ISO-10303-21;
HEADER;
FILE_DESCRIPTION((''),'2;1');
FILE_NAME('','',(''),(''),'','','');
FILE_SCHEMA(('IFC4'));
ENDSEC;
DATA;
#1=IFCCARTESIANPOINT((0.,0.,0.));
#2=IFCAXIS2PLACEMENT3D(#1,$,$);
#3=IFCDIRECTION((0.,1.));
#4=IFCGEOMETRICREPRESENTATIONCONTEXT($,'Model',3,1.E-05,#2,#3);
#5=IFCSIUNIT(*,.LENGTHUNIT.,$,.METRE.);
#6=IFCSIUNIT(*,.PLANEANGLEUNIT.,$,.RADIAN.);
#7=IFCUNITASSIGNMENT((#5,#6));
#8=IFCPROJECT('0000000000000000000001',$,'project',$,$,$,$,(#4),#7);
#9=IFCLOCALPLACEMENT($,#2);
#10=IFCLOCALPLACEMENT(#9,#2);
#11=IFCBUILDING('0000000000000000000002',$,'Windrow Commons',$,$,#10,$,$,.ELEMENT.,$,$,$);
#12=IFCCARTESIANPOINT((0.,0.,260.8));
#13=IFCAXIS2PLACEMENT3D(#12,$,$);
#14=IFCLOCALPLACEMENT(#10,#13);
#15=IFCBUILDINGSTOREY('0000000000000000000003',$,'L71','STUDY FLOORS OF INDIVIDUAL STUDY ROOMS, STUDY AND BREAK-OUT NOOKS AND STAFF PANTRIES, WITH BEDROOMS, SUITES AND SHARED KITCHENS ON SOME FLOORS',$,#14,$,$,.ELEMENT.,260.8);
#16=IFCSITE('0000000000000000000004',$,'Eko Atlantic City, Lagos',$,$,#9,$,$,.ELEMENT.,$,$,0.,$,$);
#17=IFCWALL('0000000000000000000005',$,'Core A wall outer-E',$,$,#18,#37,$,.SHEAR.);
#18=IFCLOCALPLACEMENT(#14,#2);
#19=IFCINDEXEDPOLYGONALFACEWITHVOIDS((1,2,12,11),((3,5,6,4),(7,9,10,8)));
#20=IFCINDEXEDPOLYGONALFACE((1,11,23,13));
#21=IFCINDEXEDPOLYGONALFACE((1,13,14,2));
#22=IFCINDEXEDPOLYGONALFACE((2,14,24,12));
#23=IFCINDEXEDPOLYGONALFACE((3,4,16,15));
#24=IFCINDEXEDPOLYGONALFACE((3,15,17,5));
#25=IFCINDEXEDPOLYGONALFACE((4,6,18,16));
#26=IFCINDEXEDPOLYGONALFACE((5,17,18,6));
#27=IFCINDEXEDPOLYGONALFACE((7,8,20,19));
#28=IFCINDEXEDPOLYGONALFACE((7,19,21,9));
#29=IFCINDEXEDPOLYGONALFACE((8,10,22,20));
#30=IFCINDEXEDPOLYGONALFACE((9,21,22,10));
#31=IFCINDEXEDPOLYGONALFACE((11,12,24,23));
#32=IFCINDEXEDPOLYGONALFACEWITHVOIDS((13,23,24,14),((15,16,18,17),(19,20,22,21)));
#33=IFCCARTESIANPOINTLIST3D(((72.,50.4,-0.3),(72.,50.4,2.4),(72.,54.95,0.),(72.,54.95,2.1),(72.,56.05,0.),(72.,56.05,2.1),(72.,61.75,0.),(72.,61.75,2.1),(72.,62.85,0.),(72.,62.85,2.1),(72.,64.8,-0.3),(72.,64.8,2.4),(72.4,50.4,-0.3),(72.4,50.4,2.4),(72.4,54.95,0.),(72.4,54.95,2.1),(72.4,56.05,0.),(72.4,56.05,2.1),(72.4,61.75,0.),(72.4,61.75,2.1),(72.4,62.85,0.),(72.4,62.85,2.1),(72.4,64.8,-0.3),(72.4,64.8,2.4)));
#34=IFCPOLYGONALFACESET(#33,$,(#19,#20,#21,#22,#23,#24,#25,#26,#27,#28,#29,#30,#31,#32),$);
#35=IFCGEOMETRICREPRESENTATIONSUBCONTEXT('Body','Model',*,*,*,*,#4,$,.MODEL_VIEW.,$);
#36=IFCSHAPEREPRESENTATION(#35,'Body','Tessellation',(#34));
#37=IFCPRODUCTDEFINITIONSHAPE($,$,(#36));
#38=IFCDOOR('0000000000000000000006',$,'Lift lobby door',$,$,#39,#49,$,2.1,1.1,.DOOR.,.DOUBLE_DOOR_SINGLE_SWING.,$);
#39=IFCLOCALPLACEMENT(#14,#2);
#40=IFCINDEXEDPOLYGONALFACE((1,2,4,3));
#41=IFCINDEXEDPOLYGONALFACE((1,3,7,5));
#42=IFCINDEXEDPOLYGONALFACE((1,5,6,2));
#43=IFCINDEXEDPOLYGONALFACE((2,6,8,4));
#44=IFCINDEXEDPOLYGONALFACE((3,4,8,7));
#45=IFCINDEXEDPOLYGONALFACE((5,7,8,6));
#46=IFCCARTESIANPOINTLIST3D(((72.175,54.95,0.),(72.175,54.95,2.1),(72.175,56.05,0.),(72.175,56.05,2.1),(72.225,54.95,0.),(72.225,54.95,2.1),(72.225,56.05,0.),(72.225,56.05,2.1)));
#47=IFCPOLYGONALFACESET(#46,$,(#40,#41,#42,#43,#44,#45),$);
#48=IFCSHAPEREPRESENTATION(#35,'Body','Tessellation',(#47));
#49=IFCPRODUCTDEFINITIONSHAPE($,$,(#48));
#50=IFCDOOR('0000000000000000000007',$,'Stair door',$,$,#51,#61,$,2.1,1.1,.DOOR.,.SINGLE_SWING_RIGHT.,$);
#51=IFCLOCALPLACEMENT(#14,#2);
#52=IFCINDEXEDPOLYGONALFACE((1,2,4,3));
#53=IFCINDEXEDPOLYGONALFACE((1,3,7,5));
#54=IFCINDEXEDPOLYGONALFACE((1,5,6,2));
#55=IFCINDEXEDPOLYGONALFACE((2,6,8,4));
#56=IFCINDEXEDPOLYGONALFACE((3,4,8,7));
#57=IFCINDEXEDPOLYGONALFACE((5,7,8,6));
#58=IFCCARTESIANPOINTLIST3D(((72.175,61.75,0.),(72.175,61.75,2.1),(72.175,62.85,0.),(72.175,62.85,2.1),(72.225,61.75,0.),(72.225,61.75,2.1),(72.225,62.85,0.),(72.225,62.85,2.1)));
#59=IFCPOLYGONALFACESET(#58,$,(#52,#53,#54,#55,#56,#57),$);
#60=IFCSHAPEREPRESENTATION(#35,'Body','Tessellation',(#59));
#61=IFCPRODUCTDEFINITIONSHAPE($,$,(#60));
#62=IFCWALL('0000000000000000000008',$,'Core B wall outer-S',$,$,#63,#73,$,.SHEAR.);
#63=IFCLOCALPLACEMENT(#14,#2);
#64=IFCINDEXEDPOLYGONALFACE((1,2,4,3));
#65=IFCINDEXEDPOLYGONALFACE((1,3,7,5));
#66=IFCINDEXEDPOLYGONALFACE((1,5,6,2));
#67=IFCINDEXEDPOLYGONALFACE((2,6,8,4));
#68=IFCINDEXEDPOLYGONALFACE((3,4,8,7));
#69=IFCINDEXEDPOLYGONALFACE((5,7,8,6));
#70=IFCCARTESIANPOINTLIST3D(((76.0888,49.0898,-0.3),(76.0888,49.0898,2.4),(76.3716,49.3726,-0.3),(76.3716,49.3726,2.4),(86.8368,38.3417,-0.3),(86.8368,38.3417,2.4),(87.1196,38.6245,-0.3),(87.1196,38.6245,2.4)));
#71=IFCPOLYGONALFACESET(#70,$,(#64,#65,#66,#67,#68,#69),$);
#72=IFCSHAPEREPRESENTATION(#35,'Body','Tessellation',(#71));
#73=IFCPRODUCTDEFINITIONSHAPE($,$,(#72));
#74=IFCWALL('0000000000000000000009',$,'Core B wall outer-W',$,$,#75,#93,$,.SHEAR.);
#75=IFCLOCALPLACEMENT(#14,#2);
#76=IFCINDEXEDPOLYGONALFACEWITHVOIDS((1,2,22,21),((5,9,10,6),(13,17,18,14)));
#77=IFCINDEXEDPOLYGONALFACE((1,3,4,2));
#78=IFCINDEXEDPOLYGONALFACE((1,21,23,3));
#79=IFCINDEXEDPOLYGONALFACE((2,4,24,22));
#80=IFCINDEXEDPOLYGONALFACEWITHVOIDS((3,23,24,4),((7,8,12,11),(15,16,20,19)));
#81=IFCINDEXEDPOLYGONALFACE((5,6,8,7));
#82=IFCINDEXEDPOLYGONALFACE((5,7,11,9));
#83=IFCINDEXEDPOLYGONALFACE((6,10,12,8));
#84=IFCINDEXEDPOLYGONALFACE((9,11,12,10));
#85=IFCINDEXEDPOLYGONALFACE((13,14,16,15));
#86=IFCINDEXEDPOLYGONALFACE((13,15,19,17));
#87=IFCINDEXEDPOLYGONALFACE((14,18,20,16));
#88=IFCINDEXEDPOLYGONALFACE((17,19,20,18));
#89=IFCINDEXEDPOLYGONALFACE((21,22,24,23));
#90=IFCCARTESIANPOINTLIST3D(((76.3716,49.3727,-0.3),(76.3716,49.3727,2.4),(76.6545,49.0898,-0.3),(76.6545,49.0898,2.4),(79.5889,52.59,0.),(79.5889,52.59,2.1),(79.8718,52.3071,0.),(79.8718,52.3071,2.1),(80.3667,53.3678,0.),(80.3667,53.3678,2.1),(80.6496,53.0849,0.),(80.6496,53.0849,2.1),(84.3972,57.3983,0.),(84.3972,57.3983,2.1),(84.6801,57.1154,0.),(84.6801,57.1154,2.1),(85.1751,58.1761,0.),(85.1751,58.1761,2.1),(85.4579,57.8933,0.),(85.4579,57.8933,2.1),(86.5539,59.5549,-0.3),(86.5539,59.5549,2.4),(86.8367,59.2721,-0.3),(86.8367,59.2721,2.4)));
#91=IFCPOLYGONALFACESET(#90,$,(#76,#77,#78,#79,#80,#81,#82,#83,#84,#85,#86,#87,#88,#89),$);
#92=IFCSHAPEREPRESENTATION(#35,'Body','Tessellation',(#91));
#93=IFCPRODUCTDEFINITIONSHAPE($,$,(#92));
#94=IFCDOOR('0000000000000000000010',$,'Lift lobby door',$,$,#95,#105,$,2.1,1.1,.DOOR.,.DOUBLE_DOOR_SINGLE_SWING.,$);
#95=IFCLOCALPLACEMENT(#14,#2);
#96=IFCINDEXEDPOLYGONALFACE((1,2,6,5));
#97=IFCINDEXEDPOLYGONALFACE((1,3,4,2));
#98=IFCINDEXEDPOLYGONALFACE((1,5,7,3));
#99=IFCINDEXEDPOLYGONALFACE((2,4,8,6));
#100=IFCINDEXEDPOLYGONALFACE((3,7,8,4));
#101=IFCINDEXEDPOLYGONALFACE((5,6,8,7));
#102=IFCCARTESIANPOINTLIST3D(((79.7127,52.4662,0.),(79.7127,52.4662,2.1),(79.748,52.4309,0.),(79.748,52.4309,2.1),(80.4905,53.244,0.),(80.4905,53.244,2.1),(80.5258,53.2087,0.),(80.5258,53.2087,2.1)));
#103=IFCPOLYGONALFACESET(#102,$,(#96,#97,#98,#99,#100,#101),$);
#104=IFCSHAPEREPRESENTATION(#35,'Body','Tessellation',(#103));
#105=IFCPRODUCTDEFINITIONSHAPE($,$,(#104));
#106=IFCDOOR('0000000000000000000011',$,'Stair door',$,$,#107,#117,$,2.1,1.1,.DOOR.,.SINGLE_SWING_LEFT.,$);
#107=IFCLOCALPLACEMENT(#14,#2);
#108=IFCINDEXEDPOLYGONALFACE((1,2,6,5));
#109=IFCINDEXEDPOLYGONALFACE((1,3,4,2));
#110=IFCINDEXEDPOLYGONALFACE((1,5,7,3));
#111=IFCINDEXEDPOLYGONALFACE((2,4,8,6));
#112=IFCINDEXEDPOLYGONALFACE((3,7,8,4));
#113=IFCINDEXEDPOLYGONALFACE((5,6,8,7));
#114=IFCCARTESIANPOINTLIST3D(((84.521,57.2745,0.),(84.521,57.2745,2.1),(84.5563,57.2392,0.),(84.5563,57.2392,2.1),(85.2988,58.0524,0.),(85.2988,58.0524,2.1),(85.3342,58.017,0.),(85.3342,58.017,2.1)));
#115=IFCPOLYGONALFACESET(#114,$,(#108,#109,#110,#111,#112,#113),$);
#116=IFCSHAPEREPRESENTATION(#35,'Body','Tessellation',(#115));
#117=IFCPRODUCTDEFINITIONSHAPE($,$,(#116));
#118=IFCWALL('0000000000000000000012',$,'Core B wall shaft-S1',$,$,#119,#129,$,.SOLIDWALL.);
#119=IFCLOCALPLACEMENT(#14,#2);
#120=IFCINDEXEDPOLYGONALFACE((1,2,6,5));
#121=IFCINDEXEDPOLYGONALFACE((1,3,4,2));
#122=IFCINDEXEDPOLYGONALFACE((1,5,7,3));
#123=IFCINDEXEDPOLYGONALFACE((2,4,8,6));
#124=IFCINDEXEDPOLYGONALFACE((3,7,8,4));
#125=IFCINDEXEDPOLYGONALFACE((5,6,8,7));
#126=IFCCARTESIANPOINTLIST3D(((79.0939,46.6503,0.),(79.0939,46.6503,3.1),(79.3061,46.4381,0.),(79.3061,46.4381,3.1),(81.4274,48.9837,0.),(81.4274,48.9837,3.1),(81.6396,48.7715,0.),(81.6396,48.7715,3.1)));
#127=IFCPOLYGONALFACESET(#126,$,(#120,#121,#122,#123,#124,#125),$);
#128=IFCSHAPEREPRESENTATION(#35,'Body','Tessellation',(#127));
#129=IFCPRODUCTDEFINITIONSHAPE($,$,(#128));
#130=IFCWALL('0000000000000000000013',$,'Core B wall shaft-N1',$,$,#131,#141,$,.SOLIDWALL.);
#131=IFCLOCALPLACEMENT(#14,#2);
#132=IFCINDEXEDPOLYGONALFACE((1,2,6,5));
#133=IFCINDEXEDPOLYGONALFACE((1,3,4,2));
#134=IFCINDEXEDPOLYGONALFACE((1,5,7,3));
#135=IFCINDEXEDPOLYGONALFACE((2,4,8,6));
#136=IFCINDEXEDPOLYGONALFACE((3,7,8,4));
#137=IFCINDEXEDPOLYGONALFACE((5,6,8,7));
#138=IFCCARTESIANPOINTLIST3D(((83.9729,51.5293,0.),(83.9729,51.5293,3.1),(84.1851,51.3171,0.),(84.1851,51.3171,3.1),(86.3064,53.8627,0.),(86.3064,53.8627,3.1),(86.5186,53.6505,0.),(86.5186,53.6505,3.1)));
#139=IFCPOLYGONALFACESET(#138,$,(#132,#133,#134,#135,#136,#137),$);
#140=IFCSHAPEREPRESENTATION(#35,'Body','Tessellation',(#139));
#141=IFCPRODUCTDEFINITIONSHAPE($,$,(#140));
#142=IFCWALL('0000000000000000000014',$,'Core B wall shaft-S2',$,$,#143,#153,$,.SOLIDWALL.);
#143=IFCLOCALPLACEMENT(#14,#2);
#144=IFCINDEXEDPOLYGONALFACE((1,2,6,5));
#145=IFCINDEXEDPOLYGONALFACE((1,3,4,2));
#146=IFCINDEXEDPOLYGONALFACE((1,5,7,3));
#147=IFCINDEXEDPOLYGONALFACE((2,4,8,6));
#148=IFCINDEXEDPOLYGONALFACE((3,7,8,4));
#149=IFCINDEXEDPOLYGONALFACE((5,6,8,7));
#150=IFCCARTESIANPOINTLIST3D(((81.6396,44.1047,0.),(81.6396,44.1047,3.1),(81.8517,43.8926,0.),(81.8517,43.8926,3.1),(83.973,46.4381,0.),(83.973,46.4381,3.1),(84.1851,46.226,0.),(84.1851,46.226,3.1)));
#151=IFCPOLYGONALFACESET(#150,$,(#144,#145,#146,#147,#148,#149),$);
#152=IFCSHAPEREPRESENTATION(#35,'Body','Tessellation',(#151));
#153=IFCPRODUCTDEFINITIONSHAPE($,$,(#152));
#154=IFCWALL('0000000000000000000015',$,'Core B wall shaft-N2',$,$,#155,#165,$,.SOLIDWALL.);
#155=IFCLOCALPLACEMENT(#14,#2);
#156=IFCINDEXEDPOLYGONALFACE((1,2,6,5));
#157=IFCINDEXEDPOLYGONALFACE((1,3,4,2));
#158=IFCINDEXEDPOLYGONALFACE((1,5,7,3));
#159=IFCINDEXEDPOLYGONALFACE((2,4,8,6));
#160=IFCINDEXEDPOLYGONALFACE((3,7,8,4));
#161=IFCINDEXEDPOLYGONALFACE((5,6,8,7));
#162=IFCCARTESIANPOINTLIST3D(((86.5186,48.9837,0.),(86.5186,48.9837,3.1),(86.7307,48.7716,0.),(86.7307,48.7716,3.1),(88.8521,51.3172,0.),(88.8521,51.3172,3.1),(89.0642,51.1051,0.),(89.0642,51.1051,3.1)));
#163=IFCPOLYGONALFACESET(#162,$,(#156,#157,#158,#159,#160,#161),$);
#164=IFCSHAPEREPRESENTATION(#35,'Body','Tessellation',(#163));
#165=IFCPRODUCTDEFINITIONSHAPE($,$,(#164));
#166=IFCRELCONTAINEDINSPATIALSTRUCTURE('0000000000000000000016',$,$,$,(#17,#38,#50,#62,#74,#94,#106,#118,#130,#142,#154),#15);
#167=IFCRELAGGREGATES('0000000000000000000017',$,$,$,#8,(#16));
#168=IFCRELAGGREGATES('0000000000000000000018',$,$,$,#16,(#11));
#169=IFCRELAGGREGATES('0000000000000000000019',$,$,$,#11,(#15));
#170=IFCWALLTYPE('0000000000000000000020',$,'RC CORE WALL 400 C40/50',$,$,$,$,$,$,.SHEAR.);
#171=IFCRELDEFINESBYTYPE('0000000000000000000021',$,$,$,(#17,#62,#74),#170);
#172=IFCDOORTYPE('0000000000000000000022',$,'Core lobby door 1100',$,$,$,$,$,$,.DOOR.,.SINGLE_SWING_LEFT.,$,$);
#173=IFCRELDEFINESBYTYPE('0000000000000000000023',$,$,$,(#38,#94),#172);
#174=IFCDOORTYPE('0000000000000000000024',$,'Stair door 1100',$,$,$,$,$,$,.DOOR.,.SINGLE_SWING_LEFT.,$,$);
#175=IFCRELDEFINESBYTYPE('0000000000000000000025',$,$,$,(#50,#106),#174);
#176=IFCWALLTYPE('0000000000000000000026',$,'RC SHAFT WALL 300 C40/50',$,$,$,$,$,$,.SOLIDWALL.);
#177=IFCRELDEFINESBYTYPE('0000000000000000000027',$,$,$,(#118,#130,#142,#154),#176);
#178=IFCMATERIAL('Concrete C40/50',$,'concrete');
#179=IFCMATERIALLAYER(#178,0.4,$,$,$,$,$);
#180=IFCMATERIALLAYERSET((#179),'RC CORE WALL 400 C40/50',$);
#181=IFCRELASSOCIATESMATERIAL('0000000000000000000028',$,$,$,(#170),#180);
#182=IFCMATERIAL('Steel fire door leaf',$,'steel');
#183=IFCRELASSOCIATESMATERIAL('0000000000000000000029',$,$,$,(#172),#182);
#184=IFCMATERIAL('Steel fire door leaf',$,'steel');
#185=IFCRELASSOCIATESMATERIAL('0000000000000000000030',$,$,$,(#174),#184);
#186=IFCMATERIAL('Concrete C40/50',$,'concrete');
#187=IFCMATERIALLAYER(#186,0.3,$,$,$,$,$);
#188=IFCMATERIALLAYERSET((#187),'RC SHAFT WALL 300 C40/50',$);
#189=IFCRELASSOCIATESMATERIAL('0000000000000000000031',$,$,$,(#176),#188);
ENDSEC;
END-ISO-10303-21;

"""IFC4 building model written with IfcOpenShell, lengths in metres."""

from ifc_helpers import new_model, si_unit, direction, frame, frame_2d, origin, place, context, subcontext, project, spatial, rectangle, extrude, material, layer, layer_set, type_object, element, fill, save


model = new_model("IFC4")

# Units and contexts
model_context = context("Model", 3, precision=1e-05, world=origin(), true_north=direction((0.0, 1.0)))
body_context = subcontext(model_context, "Body", "Model", "MODEL_VIEW")
ifc_project = project(units=[si_unit("LENGTHUNIT", "METRE"), si_unit("PLANEANGLEUNIT", "RADIAN")], contexts=[model_context])

# Site, building, storey
site_placement = place(None, origin())
site = spatial("IfcSite", under=ifc_project, at=site_placement, Name="Eko Atlantic City, Lagos", CompositionType="ELEMENT", RefElevation=0.0)
building_placement = place(site_placement, origin())
building = spatial("IfcBuilding", under=site, at=building_placement, Name="Windrow Commons", CompositionType="ELEMENT")
storey_placement = place(building_placement, frame((0.0, 0.0, 260.8)))
storey = spatial("IfcBuildingStorey", under=building, at=storey_placement, Name="L71", Description="STUDY FLOORS OF INDIVIDUAL STUDY ROOMS, STUDY AND BREAK-OUT NOOKS AND STAFF PANTRIES, WITH BEDROOMS, SUITES AND SHARED KITCHENS ON SOME FLOORS", CompositionType="ELEMENT", Elevation=260.8)

# Wall, openings, doors
ifc_material_1 = material(Name="Concrete C40/50", Category="concrete")
ifc_layer_1 = layer(ifc_material_1, 0.4)
ifc_layer_set_1 = layer_set([ifc_layer_1], Name="RC CORE WALL 400 C40/50")
wall_type_1 = type_object("IfcWallType", Name="RC CORE WALL 400 C40/50", PredefinedType="SHEAR", material=ifc_layer_set_1)
wall_1_placement = place(storey_placement, frame((72.2, 50.4, -0.3), z_axis=(0.0, 0.0, 1.0), x_axis=(0.0, 1.0, 0.0)))
wall_1 = element("IfcWall", 1, at=wall_1_placement, inside=storey, type_object=wall_type_1, Name="Core A wall outer-E", PredefinedType="SHEAR", context=body_context, shape_type="SweptSolid", body=[
    extrude(rectangle(XDim=14.4, YDim=0.4, at=frame_2d((7.2, 0.0))), origin(), (0.0, 0.0, 1.0), 2.7),
])
opening_1_placement = place(wall_1_placement, frame((4.55, 0.0, 0.3)))
opening_1 = element("IfcOpeningElement", 2, at=opening_1_placement, cuts=wall_1, PredefinedType="OPENING", context=body_context, shape_type="SweptSolid", body=[
    extrude(rectangle(XDim=1.1, YDim=2.1, at=frame_2d((0.55, 1.05))), frame((0.0, 0.21, 0.0), z_axis=(0.0, -1.0, 0.0), x_axis=(1.0, 0.0, 0.0)), (0.0, 0.0, 1.0), 0.42),
])
opening_2_placement = place(wall_1_placement, frame((11.35, 0.0, 0.3)))
opening_2 = element("IfcOpeningElement", 3, at=opening_2_placement, cuts=wall_1, PredefinedType="OPENING", context=body_context, shape_type="SweptSolid", body=[
    extrude(rectangle(XDim=1.1, YDim=2.1, at=frame_2d((0.55, 1.05))), frame((0.0, 0.21, 0.0), z_axis=(0.0, -1.0, 0.0), x_axis=(1.0, 0.0, 0.0)), (0.0, 0.0, 1.0), 0.42),
])
ifc_material_2 = material(Name="Steel fire door leaf", Category="steel")
door_type_1 = type_object("IfcDoorType", Name="Core lobby door 1100", OperationType="SINGLE_SWING_LEFT", PredefinedType="DOOR", material=ifc_material_2)
door_1_placement = place(opening_1_placement, origin())
door_1 = element("IfcDoor", 4, at=door_1_placement, inside=storey, type_object=door_type_1, Name="Lift lobby door", OperationType="DOUBLE_DOOR_SINGLE_SWING", OverallHeight=2.1, OverallWidth=1.1, PredefinedType="DOOR", context=body_context, shape_type="SweptSolid", body=[
    extrude(rectangle(XDim=1.1, YDim=2.1, at=frame_2d((0.55, 1.05))), frame((0.0, 0.025, 0.0), z_axis=(0.0, -1.0, 0.0), x_axis=(1.0, 0.0, 0.0)), (0.0, 0.0, 1.0), 0.05),
])
fill(opening_1, door_1)
ifc_material_3 = material(Name="Steel fire door leaf", Category="steel")
door_type_2 = type_object("IfcDoorType", Name="Stair door 1100", OperationType="SINGLE_SWING_LEFT", PredefinedType="DOOR", material=ifc_material_3)
door_2_placement = place(opening_2_placement, origin())
door_2 = element("IfcDoor", 5, at=door_2_placement, inside=storey, type_object=door_type_2, Name="Stair door", OperationType="SINGLE_SWING_RIGHT", OverallHeight=2.1, OverallWidth=1.1, PredefinedType="DOOR", context=body_context, shape_type="SweptSolid", body=[
    extrude(rectangle(XDim=1.1, YDim=2.1, at=frame_2d((0.55, 1.05))), frame((0.0, 0.025, 0.0), z_axis=(0.0, -1.0, 0.0), x_axis=(1.0, 0.0, 0.0)), (0.0, 0.0, 1.0), 0.05),
])
fill(opening_2, door_2)

# Wall
wall_2_placement = place(storey_placement, frame((76.2302, 49.2312, -0.3), z_axis=(0.0, 0.0, 1.0), x_axis=(0.707103, -0.70711, 0.0)))
element("IfcWall", 6, at=wall_2_placement, inside=storey, type_object=wall_type_1, Name="Core B wall outer-S", PredefinedType="SHEAR", context=body_context, shape_type="SweptSolid", body=[
    extrude(rectangle(XDim=15.2, YDim=0.4, at=frame_2d((7.6, 0.0))), origin(), (0.0, 0.0, 1.0), 2.7),
])

# Wall, openings, doors
wall_3_placement = place(storey_placement, frame((76.513, 49.2312, -0.3), z_axis=(0.0, 0.0, 1.0), x_axis=(0.707107, 0.707107, 0.0)))
wall_3 = element("IfcWall", 7, at=wall_3_placement, inside=storey, type_object=wall_type_1, Name="Core B wall outer-W", PredefinedType="SHEAR", context=body_context, shape_type="SweptSolid", body=[
    extrude(rectangle(XDim=14.3999, YDim=0.4, at=frame_2d((7.2, 0.0))), origin(), (0.0, 0.0, 1.0), 2.7),
])
opening_3_placement = place(wall_3_placement, frame((4.55, 0.0, 0.3)))
opening_3 = element("IfcOpeningElement", 8, at=opening_3_placement, cuts=wall_3, PredefinedType="OPENING", context=body_context, shape_type="SweptSolid", body=[
    extrude(rectangle(XDim=1.1, YDim=2.1, at=frame_2d((0.55, 1.05))), frame((0.0, 0.21, 0.0), z_axis=(0.0, -1.0, 0.0), x_axis=(1.0, 0.0, 0.0)), (0.0, 0.0, 1.0), 0.42),
])
opening_4_placement = place(wall_3_placement, frame((11.35, 0.0, 0.3)))
opening_4 = element("IfcOpeningElement", 9, at=opening_4_placement, cuts=wall_3, PredefinedType="OPENING", context=body_context, shape_type="SweptSolid", body=[
    extrude(rectangle(XDim=1.1, YDim=2.1, at=frame_2d((0.55, 1.05))), frame((0.0, 0.21, 0.0), z_axis=(0.0, -1.0, 0.0), x_axis=(1.0, 0.0, 0.0)), (0.0, 0.0, 1.0), 0.42),
])
door_3_placement = place(opening_3_placement, origin())
door_3 = element("IfcDoor", 10, at=door_3_placement, inside=storey, type_object=door_type_1, Name="Lift lobby door", OperationType="DOUBLE_DOOR_SINGLE_SWING", OverallHeight=2.1, OverallWidth=1.1, PredefinedType="DOOR", context=body_context, shape_type="SweptSolid", body=[
    extrude(rectangle(XDim=1.1, YDim=2.1, at=frame_2d((0.55, 1.05))), frame((0.0, 0.025, 0.0), z_axis=(0.0, -1.0, 0.0), x_axis=(1.0, 0.0, 0.0)), (0.0, 0.0, 1.0), 0.05),
])
fill(opening_3, door_3)
door_4_placement = place(opening_4_placement, origin())
door_4 = element("IfcDoor", 11, at=door_4_placement, inside=storey, type_object=door_type_2, Name="Stair door", OperationType="SINGLE_SWING_LEFT", OverallHeight=2.1, OverallWidth=1.1, PredefinedType="DOOR", context=body_context, shape_type="SweptSolid", body=[
    extrude(rectangle(XDim=1.1, YDim=2.1, at=frame_2d((0.55, 1.05))), frame((0.0, 0.025, 0.0), z_axis=(0.0, -1.0, 0.0), x_axis=(1.0, 0.0, 0.0)), (0.0, 0.0, 1.0), 0.05),
])
fill(opening_4, door_4)

# Walls
ifc_material_4 = material(Name="Concrete C40/50", Category="concrete")
ifc_layer_2 = layer(ifc_material_4, 0.3)
ifc_layer_set_2 = layer_set([ifc_layer_2], Name="RC SHAFT WALL 300 C40/50")
wall_type_2 = type_object("IfcWallType", Name="RC SHAFT WALL 300 C40/50", PredefinedType="SOLIDWALL", material=ifc_layer_set_2)
for number, where, z_axis, x_axis, name in (
    (12, (79.2, 46.5442, 0.0), (0.0, 0.0, 1.0), (0.707122, 0.707092, 0.0), "Core B wall shaft-S1"),
    (13, (84.079, 51.4232, 0.0), (0.0, 0.0, 1.0), (0.707122, 0.707092, 0.0), "Core B wall shaft-N1"),
):
    element("IfcWall", number, at=place(storey_placement, frame(where, z_axis=z_axis, x_axis=x_axis)), inside=storey, type_object=wall_type_2, Name=name, PredefinedType="SOLIDWALL", context=body_context, shape_type="SweptSolid", body=[
        extrude(rectangle(XDim=3.3, YDim=0.3, at=frame_2d((1.65, 0.0))), origin(), (0.0, 0.0, 1.0), 3.1),
    ])
wall_4_placement = place(storey_placement, frame((81.7456, 43.9986, 0.0), z_axis=(0.0, 0.0, 1.0), x_axis=(0.707107, 0.707107, 0.0)))
element("IfcWall", 14, at=wall_4_placement, inside=storey, type_object=wall_type_2, Name="Core B wall shaft-S2", PredefinedType="SOLIDWALL", context=body_context, shape_type="SweptSolid", body=[
    extrude(rectangle(XDim=3.2999, YDim=0.3, at=frame_2d((1.65, 0.0))), origin(), (0.0, 0.0, 1.0), 3.1),
])
wall_5_placement = place(storey_placement, frame((86.6246, 48.8776, 0.0), z_axis=(0.0, 0.0, 1.0), x_axis=(0.707107, 0.707107, 0.0)))
element("IfcWall", 15, at=wall_5_placement, inside=storey, type_object=wall_type_2, Name="Core B wall shaft-N2", PredefinedType="SOLIDWALL", context=body_context, shape_type="SweptSolid", body=[
    extrude(rectangle(XDim=3.3001, YDim=0.3, at=frame_2d((1.6501, 0.0))), origin(), (0.0, 0.0, 1.0), 3.1),
])

save(model, "model.ifc")
